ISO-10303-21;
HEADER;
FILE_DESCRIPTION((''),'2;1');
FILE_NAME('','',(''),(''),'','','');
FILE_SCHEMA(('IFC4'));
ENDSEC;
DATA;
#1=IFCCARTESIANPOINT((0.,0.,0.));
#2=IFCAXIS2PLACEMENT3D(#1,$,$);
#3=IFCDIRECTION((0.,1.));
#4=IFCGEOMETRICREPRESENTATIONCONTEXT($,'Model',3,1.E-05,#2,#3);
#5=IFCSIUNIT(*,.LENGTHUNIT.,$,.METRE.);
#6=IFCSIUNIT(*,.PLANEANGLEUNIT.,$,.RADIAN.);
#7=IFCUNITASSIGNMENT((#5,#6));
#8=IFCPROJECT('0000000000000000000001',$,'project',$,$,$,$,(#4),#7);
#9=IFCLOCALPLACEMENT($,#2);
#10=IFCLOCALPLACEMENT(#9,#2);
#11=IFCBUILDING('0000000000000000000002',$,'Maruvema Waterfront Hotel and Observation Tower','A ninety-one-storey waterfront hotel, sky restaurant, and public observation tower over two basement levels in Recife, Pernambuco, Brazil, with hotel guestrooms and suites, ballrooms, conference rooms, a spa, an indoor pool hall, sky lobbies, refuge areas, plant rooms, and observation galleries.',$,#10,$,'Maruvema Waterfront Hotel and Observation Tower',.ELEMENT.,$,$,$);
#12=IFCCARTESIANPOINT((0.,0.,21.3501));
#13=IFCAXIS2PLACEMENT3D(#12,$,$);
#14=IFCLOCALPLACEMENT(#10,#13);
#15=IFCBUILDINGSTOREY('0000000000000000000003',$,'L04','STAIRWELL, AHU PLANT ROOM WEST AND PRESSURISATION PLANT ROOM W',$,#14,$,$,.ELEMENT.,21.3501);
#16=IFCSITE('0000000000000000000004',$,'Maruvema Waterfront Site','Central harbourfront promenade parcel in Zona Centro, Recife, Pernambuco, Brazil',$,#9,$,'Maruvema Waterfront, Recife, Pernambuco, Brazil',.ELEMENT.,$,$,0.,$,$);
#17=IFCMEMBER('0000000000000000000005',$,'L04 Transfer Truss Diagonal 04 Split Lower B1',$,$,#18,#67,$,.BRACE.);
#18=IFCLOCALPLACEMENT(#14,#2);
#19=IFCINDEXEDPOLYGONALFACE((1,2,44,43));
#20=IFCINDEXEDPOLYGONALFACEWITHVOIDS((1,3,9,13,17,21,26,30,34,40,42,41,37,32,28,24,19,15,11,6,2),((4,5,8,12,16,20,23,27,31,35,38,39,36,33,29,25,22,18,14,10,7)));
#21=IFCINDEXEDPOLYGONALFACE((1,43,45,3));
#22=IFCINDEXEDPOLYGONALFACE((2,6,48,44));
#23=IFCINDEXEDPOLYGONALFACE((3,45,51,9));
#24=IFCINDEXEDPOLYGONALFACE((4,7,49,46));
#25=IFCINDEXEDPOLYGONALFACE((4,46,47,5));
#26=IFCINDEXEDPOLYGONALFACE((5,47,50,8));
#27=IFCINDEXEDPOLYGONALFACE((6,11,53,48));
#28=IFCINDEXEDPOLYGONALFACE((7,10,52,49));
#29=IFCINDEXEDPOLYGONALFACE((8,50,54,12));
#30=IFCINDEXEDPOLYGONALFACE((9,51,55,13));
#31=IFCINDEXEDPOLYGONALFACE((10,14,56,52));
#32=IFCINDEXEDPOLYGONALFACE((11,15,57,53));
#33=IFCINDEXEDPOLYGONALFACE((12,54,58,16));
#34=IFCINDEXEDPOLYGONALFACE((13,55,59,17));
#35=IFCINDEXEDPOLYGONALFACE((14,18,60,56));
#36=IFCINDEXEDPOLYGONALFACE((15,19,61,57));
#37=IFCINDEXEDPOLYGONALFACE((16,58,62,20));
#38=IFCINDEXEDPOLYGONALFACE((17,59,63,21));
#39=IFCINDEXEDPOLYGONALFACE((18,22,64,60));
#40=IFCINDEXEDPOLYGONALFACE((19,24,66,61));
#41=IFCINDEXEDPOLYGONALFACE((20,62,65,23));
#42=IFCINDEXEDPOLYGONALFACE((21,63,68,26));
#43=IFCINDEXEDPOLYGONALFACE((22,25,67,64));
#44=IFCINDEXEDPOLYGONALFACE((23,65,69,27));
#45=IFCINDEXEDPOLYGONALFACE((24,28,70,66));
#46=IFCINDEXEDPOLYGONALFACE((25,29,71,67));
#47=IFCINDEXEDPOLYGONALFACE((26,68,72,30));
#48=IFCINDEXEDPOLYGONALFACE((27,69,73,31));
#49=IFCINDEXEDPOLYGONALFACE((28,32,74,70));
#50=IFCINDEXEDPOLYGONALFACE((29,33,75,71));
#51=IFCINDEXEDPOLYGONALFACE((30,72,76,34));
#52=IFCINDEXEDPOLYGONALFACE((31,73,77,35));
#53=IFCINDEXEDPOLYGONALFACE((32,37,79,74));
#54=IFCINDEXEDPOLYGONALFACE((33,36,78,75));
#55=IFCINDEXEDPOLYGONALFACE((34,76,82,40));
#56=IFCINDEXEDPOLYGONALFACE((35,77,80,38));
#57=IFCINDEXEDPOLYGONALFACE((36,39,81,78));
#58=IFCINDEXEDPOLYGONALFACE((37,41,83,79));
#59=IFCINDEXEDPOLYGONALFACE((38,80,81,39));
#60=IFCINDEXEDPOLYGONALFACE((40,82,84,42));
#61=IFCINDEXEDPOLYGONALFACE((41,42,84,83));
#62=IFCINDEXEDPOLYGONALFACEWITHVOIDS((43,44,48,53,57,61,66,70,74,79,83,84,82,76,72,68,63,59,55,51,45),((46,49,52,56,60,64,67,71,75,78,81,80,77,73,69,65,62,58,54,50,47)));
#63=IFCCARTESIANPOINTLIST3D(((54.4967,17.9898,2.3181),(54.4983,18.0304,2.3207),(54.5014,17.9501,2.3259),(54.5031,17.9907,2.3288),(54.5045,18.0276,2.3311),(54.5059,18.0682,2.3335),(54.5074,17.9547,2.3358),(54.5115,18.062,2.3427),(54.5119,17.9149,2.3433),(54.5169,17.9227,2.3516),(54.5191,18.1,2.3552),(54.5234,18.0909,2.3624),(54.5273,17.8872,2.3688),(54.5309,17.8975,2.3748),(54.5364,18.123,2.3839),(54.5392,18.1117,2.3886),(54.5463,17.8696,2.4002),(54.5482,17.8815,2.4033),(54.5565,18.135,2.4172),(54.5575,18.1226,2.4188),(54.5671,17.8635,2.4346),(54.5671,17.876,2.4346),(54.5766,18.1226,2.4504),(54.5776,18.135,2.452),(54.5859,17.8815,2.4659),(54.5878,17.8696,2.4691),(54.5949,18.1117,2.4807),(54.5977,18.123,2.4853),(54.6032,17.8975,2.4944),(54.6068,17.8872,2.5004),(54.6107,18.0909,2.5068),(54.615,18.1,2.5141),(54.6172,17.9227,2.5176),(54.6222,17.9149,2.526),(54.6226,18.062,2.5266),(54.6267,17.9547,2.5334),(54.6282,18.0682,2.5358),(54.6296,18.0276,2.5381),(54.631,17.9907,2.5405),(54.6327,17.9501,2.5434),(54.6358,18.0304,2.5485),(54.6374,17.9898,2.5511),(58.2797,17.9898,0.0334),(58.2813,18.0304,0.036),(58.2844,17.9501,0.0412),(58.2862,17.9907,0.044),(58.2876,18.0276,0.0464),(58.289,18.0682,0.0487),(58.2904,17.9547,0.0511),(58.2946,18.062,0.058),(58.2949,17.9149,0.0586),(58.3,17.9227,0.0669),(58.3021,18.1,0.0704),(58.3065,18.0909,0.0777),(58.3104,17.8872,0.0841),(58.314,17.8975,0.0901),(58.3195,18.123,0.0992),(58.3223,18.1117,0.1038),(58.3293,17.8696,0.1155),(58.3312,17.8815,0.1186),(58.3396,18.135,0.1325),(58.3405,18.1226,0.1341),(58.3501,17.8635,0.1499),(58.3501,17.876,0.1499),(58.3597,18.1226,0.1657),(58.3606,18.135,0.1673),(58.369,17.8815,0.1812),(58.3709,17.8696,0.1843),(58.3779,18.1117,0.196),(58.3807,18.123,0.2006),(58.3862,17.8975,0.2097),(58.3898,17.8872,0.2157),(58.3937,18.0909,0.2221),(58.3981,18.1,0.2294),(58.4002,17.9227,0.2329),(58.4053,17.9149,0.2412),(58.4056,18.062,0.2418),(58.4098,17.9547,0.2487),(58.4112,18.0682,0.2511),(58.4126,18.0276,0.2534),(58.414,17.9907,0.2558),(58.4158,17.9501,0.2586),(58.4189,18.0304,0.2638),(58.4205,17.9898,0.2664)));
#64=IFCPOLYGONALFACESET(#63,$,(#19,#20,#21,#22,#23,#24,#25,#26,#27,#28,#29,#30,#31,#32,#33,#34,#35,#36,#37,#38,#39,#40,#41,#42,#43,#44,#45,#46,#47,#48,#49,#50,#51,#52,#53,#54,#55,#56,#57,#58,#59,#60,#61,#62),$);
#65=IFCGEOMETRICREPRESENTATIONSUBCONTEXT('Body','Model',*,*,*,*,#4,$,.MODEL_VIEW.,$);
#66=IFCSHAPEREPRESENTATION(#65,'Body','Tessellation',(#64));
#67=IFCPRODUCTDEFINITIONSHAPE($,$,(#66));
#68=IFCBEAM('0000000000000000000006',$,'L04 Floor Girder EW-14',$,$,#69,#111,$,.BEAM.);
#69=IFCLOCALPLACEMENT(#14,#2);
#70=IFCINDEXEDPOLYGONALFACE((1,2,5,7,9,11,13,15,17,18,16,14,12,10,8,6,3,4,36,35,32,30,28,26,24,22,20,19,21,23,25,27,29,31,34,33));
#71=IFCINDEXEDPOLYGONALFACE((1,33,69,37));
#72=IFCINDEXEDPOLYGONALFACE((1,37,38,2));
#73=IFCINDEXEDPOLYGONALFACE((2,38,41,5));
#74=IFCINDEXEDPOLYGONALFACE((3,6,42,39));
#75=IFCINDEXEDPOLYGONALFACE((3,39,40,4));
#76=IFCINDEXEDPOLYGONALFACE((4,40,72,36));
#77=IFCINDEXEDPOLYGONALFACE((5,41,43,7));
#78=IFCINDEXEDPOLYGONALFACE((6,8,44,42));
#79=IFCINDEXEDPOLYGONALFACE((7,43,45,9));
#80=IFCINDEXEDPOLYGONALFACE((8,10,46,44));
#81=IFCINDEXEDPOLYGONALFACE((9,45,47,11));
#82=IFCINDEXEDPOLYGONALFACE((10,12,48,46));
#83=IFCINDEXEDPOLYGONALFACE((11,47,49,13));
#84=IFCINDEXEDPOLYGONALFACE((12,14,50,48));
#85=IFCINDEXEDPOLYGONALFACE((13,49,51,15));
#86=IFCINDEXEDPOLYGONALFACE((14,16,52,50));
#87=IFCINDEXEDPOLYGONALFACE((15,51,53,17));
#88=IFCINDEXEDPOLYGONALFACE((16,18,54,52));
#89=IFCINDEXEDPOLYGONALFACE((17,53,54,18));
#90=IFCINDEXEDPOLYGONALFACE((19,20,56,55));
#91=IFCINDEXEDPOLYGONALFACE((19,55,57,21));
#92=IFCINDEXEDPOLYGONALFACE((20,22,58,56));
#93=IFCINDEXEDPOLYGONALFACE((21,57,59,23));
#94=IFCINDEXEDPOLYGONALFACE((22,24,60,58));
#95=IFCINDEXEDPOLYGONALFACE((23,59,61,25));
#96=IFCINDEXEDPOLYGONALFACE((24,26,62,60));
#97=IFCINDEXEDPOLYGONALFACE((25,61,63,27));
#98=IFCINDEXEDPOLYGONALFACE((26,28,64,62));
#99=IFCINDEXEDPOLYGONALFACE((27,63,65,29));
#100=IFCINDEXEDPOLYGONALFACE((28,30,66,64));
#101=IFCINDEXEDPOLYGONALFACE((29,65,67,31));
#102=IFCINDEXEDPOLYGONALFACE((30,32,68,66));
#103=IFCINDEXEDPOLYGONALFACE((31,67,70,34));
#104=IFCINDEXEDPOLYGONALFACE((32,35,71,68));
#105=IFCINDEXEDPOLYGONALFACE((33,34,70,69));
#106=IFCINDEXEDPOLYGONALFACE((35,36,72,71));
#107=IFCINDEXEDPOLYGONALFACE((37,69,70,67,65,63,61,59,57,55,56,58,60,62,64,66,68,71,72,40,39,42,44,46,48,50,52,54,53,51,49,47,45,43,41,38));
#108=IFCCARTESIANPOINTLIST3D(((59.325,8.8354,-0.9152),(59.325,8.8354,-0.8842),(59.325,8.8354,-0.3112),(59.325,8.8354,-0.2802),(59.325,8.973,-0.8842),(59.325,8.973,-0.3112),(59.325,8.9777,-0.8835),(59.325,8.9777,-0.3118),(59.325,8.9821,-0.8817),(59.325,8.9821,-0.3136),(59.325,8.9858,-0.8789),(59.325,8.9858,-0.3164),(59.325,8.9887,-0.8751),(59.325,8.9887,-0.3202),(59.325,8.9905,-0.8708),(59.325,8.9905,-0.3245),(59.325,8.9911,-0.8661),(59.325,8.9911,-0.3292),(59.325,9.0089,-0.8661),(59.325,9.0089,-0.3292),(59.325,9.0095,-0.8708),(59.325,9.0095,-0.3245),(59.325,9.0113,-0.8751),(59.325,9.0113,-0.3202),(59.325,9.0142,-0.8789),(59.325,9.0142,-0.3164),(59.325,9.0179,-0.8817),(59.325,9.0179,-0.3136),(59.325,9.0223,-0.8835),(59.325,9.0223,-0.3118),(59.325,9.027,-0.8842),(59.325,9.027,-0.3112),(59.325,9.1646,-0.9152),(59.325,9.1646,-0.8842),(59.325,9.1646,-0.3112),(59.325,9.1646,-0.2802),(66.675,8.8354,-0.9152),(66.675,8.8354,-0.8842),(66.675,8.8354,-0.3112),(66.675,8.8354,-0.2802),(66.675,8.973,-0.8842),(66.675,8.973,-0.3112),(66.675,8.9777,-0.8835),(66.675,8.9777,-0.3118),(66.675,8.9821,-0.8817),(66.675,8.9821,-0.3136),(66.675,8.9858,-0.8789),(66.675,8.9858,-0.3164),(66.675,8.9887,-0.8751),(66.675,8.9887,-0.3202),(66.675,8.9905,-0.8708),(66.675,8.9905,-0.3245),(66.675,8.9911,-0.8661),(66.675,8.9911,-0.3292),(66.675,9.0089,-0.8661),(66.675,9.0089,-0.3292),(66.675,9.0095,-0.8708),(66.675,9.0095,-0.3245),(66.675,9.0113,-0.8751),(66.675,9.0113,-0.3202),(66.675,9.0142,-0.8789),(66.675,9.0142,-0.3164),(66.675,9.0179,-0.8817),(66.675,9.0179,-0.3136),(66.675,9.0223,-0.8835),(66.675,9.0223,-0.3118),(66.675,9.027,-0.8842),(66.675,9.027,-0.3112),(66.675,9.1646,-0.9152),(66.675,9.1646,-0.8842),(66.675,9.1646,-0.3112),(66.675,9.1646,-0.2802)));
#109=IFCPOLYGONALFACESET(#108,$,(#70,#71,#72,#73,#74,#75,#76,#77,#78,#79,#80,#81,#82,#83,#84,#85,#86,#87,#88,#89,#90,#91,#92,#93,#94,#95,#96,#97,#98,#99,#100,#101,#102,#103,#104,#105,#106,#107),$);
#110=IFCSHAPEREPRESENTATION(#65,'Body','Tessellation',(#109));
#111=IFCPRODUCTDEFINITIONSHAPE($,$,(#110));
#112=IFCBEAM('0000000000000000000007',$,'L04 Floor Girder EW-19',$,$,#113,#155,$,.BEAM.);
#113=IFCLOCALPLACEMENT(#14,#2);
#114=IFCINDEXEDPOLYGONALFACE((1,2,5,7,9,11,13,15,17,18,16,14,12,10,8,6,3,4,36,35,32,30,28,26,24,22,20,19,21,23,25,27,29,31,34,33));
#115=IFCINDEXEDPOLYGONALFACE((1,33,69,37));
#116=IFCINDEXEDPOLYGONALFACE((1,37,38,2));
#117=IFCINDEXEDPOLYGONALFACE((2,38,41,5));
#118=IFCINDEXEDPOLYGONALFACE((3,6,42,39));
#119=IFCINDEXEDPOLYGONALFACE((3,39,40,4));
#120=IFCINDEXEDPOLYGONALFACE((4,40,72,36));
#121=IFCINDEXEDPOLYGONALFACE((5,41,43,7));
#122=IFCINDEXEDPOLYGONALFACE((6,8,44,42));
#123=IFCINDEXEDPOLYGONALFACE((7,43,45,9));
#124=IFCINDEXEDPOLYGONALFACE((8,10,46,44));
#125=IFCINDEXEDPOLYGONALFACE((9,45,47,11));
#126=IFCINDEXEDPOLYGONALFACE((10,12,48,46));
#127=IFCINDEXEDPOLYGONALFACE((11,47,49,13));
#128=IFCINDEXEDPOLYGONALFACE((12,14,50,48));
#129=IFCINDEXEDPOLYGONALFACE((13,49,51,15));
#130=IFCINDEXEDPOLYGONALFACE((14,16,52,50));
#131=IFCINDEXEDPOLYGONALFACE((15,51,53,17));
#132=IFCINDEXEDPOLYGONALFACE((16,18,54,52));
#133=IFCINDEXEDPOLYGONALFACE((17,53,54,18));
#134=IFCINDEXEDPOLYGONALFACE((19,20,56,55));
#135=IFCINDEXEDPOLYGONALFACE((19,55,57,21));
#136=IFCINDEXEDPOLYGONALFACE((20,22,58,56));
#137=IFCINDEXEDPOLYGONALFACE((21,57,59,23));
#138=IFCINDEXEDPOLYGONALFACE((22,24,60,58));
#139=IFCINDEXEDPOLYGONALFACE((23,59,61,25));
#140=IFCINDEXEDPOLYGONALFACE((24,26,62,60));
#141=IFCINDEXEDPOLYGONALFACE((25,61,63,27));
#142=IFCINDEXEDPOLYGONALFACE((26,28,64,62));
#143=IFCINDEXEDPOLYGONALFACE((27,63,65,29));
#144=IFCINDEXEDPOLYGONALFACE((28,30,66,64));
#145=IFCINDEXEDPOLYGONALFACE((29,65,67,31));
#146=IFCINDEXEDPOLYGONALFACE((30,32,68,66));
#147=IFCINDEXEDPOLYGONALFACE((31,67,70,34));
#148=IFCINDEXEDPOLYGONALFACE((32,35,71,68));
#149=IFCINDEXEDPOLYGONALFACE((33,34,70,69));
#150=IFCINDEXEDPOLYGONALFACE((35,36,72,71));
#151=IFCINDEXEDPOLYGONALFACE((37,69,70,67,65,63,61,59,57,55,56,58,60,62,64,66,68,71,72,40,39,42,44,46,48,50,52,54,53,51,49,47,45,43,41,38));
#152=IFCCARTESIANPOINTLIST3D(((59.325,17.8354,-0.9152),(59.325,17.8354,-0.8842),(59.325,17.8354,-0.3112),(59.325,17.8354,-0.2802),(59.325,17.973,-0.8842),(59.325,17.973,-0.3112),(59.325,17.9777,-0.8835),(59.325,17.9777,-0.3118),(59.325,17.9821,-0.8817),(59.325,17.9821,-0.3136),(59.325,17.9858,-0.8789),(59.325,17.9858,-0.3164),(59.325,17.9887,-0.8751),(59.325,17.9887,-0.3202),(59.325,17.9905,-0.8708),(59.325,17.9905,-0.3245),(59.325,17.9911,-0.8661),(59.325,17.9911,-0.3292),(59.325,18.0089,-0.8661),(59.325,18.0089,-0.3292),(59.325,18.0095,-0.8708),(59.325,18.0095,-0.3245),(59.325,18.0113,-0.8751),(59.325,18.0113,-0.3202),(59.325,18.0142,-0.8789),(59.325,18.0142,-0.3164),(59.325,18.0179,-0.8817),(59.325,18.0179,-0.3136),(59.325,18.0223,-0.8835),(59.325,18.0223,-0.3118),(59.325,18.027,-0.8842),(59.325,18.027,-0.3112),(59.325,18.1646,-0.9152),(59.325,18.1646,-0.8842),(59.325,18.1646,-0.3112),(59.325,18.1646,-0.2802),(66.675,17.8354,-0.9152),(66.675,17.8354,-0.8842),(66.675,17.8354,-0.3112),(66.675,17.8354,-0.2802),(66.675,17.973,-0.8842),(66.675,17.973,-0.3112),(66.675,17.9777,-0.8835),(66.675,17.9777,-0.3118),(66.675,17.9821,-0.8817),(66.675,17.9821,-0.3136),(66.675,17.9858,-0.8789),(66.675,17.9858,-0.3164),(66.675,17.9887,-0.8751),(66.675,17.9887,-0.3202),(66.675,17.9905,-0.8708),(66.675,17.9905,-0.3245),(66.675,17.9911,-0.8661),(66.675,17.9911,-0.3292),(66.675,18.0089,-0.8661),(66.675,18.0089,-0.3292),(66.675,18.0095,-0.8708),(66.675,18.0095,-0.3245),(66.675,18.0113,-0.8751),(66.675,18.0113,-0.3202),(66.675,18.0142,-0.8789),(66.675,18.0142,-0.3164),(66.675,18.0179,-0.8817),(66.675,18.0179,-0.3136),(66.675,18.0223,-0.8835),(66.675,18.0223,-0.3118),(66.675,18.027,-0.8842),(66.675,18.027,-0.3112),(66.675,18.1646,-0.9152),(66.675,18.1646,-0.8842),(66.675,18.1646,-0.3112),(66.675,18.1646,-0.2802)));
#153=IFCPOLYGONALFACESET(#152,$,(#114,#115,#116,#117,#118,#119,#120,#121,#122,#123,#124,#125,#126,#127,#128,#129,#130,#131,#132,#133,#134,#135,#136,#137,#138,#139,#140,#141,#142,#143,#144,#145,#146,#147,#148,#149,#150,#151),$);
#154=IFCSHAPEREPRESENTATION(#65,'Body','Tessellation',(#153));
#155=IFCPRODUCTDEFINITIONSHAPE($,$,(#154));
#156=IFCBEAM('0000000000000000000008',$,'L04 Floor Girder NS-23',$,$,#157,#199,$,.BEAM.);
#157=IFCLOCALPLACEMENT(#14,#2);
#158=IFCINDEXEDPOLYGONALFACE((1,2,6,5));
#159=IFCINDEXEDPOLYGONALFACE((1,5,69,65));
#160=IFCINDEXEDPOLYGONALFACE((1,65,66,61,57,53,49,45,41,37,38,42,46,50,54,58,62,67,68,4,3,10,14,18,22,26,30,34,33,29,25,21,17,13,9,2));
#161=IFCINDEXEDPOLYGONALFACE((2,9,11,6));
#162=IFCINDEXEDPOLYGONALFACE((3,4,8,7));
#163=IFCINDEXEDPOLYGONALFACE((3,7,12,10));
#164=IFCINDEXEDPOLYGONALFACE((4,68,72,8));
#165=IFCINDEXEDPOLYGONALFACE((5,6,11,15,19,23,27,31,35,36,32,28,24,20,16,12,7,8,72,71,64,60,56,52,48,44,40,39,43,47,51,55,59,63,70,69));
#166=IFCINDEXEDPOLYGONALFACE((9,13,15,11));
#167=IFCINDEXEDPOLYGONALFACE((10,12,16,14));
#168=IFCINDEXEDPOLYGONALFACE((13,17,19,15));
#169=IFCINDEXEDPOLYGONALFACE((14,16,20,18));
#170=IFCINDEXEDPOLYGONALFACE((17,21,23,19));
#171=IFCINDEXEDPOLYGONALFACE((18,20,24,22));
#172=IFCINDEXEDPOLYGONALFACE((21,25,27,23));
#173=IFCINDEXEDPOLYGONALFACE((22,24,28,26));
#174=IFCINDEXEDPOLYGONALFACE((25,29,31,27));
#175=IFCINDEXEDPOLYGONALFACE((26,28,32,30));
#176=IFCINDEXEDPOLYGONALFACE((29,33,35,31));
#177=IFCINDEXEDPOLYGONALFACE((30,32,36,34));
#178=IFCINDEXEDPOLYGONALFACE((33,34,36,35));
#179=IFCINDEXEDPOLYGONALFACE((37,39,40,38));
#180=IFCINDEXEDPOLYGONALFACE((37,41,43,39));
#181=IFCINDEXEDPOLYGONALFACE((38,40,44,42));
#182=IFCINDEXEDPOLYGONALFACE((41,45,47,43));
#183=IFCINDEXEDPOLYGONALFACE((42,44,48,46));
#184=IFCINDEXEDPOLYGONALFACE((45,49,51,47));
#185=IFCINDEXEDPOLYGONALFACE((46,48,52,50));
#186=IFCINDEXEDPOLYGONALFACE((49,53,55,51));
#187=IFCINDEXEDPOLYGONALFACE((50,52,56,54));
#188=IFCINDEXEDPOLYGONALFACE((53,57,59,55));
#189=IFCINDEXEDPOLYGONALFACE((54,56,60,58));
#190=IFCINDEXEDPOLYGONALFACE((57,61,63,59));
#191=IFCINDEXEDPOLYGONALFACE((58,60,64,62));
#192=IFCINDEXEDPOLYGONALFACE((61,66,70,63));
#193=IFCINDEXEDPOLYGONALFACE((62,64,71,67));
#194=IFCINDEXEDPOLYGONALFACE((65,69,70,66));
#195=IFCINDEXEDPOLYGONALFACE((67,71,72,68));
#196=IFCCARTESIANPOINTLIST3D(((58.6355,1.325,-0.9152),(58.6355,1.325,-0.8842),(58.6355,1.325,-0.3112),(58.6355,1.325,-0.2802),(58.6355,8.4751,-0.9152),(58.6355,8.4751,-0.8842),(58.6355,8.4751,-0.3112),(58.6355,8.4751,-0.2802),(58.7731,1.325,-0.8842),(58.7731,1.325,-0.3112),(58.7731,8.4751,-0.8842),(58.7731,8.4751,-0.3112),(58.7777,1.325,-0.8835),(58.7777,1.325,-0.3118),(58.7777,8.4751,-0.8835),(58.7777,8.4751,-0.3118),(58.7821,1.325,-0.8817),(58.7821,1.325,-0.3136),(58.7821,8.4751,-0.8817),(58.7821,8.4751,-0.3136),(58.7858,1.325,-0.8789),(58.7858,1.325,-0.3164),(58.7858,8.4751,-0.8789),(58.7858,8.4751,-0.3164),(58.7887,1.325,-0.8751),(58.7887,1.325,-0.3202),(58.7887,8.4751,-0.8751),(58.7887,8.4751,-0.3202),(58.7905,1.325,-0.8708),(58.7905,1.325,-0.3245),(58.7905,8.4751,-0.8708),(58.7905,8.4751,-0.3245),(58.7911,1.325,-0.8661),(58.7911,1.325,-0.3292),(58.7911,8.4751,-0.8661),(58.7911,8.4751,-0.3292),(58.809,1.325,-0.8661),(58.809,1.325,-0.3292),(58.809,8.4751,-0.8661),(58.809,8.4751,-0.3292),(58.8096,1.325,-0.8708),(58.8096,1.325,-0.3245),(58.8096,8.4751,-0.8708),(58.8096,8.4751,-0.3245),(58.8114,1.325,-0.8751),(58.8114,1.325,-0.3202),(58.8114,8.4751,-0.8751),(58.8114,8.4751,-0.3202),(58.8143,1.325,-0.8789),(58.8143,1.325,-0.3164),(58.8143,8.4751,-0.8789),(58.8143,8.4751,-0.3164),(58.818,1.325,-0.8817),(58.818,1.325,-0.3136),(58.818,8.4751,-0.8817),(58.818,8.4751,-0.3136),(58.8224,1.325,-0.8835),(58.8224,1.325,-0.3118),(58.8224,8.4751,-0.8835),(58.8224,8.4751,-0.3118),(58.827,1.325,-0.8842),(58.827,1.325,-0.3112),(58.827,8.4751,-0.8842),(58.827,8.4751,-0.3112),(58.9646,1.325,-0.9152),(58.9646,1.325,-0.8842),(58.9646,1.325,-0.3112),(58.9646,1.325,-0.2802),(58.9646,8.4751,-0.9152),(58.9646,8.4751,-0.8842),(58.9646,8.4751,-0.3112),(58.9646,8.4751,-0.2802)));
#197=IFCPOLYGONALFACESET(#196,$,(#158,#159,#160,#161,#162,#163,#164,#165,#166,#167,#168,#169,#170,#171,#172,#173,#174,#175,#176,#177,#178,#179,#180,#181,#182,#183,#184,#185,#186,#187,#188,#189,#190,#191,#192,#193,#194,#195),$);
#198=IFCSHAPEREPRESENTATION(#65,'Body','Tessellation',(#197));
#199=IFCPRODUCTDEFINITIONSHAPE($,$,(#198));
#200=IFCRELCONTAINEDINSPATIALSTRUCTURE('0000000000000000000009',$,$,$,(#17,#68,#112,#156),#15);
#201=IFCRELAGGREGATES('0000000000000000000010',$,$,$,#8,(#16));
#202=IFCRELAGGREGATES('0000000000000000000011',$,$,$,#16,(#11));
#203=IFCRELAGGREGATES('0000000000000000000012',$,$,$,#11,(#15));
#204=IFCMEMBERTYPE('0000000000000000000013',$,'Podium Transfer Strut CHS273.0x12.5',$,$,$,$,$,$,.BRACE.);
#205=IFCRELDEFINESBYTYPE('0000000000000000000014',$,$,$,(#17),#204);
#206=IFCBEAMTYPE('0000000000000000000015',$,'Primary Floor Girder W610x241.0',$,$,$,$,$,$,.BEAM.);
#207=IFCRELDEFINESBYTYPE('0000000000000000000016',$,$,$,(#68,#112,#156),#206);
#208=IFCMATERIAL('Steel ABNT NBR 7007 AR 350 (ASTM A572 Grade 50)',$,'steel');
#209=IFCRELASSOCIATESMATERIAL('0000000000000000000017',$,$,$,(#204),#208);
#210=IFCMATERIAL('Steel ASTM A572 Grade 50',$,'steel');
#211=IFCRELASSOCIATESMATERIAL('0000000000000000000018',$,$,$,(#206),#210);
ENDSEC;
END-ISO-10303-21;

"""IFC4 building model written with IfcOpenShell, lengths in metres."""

from ifc_helpers import new_model, si_unit, direction, frame, origin, origin_2d, place, context, subcontext, project, spatial, hollow_circle, i_section, extrude, material, material_profile, profile_set, type_object, element, save


model = new_model("IFC4")

# Units and contexts
model_context = context("Model", 3, precision=1e-05, world=origin(), true_north=direction((0.0, 1.0)))
body_context = subcontext(model_context, "Body", "Model", "MODEL_VIEW")
ifc_project = project(units=[si_unit("LENGTHUNIT", "METRE"), si_unit("PLANEANGLEUNIT", "RADIAN")], contexts=[model_context])

# Site, building, storey
site_placement = place(None, origin())
site = spatial("IfcSite", under=ifc_project, at=site_placement, Name="Maruvema Waterfront Site", Description="Central harbourfront promenade parcel in Zona Centro, Recife, Pernambuco, Brazil", LongName="Maruvema Waterfront, Recife, Pernambuco, Brazil", CompositionType="ELEMENT", RefElevation=0.0)
building_placement = place(site_placement, origin())
building = spatial("IfcBuilding", under=site, at=building_placement, Name="Maruvema Waterfront Hotel and Observation Tower", Description="A ninety-one-storey waterfront hotel, sky restaurant, and public observation tower over two basement levels in Recife, Pernambuco, Brazil, with hotel guestrooms and suites, ballrooms, conference rooms, a spa, an indoor pool hall, sky lobbies, refuge areas, plant rooms, and observation galleries.", LongName="Maruvema Waterfront Hotel and Observation Tower", CompositionType="ELEMENT")
storey_placement = place(building_placement, frame((0.0, 0.0, 21.3501)))
storey = spatial("IfcBuildingStorey", under=building, at=storey_placement, Name="L04", Description="STAIRWELL, AHU PLANT ROOM WEST AND PRESSURISATION PLANT ROOM W", CompositionType="ELEMENT", Elevation=21.3501)

# Member
ifc_material_1 = material(Name="Steel ABNT NBR 7007 AR 350 (ASTM A572 Grade 50)", Category="steel")
ifc_material_profile_1 = material_profile(ifc_material_1, hollow_circle(Radius=0.1365, WallThickness=0.0125, at=origin_2d()), Name="CHS273.0x12.5")
ifc_profile_set_1 = profile_set([ifc_material_profile_1], Name="Steel ABNT NBR 7007 AR 350 (ASTM A572 Grade 50)")
member_type = type_object("IfcMemberType", Name="Podium Transfer Strut CHS273.0x12.5", PredefinedType="BRACE", material=ifc_profile_set_1)
for number, where, z_axis, x_axis, name in (
    (1, (58.3501, 18.0, 0.1499), (-0.856003, 0.0, 0.516971), (0.0, -1.0, 0.0), "L04 Transfer Truss Diagonal 04 Split Lower B1"),
):
    element("IfcMember", number, at=place(storey_placement, frame(where, z_axis=z_axis, x_axis=x_axis)), inside=storey, type_object=member_type, Name=name, PredefinedType="BRACE", context=body_context, shape_type="SweptSolid", body=[
        extrude(hollow_circle(Radius=0.1365, WallThickness=0.0125, at=origin_2d()), origin(), (0.0, 0.0, 1.0), 4.4194),
    ])

# Beams
ifc_material_2 = material(Name="Steel ASTM A572 Grade 50", Category="steel")
ifc_material_profile_2 = material_profile(ifc_material_2, i_section(OverallWidth=0.3291, OverallDepth=0.635, WebThickness=0.0178, FlangeThickness=0.031, FilletRadius=0.0181, at=origin_2d()), Name="W610x241.0")
ifc_profile_set_2 = profile_set([ifc_material_profile_2], Name="Steel ASTM A572 Grade 50")
beam_type_1 = type_object("IfcBeamType", Name="Primary Floor Girder W610x241.0", PredefinedType="BEAM", material=ifc_profile_set_2)
for number, where, z_axis, x_axis, name in (
    (2, (59.325, 9.0, -0.5977), (1.0, 0.0, 0.0), (0.0, 1.0, 0.0), "L04 Floor Girder EW-14"),
    (3, (59.325, 18.0, -0.5977), (1.0, 0.0, 0.0), (0.0, 1.0, 0.0), "L04 Floor Girder EW-19"),
):
    element("IfcBeam", number, at=place(storey_placement, frame(where, z_axis=z_axis, x_axis=x_axis)), inside=storey, type_object=beam_type_1, Name=name, PredefinedType="BEAM", context=body_context, shape_type="SweptSolid", body=[
        extrude(i_section(OverallWidth=0.3291, OverallDepth=0.635, WebThickness=0.0178, FlangeThickness=0.031, FilletRadius=0.0181, at=origin_2d()), origin(), (0.0, 0.0, 1.0), 7.3501),
    ])
beam_1_placement = place(storey_placement, frame((58.8, 1.325, -0.5977), z_axis=(0.0, 1.0, 0.0), x_axis=(-1.0, 0.0, 0.0)))
element("IfcBeam", 4, at=beam_1_placement, inside=storey, type_object=beam_type_1, Name="L04 Floor Girder NS-23", PredefinedType="BEAM", context=body_context, shape_type="SweptSolid", body=[
    extrude(i_section(OverallWidth=0.3291, OverallDepth=0.635, WebThickness=0.0178, FlangeThickness=0.031, FilletRadius=0.0181, at=origin_2d()), origin(), (0.0, 0.0, 1.0), 7.1501),
])

save(model, "model.ifc")
